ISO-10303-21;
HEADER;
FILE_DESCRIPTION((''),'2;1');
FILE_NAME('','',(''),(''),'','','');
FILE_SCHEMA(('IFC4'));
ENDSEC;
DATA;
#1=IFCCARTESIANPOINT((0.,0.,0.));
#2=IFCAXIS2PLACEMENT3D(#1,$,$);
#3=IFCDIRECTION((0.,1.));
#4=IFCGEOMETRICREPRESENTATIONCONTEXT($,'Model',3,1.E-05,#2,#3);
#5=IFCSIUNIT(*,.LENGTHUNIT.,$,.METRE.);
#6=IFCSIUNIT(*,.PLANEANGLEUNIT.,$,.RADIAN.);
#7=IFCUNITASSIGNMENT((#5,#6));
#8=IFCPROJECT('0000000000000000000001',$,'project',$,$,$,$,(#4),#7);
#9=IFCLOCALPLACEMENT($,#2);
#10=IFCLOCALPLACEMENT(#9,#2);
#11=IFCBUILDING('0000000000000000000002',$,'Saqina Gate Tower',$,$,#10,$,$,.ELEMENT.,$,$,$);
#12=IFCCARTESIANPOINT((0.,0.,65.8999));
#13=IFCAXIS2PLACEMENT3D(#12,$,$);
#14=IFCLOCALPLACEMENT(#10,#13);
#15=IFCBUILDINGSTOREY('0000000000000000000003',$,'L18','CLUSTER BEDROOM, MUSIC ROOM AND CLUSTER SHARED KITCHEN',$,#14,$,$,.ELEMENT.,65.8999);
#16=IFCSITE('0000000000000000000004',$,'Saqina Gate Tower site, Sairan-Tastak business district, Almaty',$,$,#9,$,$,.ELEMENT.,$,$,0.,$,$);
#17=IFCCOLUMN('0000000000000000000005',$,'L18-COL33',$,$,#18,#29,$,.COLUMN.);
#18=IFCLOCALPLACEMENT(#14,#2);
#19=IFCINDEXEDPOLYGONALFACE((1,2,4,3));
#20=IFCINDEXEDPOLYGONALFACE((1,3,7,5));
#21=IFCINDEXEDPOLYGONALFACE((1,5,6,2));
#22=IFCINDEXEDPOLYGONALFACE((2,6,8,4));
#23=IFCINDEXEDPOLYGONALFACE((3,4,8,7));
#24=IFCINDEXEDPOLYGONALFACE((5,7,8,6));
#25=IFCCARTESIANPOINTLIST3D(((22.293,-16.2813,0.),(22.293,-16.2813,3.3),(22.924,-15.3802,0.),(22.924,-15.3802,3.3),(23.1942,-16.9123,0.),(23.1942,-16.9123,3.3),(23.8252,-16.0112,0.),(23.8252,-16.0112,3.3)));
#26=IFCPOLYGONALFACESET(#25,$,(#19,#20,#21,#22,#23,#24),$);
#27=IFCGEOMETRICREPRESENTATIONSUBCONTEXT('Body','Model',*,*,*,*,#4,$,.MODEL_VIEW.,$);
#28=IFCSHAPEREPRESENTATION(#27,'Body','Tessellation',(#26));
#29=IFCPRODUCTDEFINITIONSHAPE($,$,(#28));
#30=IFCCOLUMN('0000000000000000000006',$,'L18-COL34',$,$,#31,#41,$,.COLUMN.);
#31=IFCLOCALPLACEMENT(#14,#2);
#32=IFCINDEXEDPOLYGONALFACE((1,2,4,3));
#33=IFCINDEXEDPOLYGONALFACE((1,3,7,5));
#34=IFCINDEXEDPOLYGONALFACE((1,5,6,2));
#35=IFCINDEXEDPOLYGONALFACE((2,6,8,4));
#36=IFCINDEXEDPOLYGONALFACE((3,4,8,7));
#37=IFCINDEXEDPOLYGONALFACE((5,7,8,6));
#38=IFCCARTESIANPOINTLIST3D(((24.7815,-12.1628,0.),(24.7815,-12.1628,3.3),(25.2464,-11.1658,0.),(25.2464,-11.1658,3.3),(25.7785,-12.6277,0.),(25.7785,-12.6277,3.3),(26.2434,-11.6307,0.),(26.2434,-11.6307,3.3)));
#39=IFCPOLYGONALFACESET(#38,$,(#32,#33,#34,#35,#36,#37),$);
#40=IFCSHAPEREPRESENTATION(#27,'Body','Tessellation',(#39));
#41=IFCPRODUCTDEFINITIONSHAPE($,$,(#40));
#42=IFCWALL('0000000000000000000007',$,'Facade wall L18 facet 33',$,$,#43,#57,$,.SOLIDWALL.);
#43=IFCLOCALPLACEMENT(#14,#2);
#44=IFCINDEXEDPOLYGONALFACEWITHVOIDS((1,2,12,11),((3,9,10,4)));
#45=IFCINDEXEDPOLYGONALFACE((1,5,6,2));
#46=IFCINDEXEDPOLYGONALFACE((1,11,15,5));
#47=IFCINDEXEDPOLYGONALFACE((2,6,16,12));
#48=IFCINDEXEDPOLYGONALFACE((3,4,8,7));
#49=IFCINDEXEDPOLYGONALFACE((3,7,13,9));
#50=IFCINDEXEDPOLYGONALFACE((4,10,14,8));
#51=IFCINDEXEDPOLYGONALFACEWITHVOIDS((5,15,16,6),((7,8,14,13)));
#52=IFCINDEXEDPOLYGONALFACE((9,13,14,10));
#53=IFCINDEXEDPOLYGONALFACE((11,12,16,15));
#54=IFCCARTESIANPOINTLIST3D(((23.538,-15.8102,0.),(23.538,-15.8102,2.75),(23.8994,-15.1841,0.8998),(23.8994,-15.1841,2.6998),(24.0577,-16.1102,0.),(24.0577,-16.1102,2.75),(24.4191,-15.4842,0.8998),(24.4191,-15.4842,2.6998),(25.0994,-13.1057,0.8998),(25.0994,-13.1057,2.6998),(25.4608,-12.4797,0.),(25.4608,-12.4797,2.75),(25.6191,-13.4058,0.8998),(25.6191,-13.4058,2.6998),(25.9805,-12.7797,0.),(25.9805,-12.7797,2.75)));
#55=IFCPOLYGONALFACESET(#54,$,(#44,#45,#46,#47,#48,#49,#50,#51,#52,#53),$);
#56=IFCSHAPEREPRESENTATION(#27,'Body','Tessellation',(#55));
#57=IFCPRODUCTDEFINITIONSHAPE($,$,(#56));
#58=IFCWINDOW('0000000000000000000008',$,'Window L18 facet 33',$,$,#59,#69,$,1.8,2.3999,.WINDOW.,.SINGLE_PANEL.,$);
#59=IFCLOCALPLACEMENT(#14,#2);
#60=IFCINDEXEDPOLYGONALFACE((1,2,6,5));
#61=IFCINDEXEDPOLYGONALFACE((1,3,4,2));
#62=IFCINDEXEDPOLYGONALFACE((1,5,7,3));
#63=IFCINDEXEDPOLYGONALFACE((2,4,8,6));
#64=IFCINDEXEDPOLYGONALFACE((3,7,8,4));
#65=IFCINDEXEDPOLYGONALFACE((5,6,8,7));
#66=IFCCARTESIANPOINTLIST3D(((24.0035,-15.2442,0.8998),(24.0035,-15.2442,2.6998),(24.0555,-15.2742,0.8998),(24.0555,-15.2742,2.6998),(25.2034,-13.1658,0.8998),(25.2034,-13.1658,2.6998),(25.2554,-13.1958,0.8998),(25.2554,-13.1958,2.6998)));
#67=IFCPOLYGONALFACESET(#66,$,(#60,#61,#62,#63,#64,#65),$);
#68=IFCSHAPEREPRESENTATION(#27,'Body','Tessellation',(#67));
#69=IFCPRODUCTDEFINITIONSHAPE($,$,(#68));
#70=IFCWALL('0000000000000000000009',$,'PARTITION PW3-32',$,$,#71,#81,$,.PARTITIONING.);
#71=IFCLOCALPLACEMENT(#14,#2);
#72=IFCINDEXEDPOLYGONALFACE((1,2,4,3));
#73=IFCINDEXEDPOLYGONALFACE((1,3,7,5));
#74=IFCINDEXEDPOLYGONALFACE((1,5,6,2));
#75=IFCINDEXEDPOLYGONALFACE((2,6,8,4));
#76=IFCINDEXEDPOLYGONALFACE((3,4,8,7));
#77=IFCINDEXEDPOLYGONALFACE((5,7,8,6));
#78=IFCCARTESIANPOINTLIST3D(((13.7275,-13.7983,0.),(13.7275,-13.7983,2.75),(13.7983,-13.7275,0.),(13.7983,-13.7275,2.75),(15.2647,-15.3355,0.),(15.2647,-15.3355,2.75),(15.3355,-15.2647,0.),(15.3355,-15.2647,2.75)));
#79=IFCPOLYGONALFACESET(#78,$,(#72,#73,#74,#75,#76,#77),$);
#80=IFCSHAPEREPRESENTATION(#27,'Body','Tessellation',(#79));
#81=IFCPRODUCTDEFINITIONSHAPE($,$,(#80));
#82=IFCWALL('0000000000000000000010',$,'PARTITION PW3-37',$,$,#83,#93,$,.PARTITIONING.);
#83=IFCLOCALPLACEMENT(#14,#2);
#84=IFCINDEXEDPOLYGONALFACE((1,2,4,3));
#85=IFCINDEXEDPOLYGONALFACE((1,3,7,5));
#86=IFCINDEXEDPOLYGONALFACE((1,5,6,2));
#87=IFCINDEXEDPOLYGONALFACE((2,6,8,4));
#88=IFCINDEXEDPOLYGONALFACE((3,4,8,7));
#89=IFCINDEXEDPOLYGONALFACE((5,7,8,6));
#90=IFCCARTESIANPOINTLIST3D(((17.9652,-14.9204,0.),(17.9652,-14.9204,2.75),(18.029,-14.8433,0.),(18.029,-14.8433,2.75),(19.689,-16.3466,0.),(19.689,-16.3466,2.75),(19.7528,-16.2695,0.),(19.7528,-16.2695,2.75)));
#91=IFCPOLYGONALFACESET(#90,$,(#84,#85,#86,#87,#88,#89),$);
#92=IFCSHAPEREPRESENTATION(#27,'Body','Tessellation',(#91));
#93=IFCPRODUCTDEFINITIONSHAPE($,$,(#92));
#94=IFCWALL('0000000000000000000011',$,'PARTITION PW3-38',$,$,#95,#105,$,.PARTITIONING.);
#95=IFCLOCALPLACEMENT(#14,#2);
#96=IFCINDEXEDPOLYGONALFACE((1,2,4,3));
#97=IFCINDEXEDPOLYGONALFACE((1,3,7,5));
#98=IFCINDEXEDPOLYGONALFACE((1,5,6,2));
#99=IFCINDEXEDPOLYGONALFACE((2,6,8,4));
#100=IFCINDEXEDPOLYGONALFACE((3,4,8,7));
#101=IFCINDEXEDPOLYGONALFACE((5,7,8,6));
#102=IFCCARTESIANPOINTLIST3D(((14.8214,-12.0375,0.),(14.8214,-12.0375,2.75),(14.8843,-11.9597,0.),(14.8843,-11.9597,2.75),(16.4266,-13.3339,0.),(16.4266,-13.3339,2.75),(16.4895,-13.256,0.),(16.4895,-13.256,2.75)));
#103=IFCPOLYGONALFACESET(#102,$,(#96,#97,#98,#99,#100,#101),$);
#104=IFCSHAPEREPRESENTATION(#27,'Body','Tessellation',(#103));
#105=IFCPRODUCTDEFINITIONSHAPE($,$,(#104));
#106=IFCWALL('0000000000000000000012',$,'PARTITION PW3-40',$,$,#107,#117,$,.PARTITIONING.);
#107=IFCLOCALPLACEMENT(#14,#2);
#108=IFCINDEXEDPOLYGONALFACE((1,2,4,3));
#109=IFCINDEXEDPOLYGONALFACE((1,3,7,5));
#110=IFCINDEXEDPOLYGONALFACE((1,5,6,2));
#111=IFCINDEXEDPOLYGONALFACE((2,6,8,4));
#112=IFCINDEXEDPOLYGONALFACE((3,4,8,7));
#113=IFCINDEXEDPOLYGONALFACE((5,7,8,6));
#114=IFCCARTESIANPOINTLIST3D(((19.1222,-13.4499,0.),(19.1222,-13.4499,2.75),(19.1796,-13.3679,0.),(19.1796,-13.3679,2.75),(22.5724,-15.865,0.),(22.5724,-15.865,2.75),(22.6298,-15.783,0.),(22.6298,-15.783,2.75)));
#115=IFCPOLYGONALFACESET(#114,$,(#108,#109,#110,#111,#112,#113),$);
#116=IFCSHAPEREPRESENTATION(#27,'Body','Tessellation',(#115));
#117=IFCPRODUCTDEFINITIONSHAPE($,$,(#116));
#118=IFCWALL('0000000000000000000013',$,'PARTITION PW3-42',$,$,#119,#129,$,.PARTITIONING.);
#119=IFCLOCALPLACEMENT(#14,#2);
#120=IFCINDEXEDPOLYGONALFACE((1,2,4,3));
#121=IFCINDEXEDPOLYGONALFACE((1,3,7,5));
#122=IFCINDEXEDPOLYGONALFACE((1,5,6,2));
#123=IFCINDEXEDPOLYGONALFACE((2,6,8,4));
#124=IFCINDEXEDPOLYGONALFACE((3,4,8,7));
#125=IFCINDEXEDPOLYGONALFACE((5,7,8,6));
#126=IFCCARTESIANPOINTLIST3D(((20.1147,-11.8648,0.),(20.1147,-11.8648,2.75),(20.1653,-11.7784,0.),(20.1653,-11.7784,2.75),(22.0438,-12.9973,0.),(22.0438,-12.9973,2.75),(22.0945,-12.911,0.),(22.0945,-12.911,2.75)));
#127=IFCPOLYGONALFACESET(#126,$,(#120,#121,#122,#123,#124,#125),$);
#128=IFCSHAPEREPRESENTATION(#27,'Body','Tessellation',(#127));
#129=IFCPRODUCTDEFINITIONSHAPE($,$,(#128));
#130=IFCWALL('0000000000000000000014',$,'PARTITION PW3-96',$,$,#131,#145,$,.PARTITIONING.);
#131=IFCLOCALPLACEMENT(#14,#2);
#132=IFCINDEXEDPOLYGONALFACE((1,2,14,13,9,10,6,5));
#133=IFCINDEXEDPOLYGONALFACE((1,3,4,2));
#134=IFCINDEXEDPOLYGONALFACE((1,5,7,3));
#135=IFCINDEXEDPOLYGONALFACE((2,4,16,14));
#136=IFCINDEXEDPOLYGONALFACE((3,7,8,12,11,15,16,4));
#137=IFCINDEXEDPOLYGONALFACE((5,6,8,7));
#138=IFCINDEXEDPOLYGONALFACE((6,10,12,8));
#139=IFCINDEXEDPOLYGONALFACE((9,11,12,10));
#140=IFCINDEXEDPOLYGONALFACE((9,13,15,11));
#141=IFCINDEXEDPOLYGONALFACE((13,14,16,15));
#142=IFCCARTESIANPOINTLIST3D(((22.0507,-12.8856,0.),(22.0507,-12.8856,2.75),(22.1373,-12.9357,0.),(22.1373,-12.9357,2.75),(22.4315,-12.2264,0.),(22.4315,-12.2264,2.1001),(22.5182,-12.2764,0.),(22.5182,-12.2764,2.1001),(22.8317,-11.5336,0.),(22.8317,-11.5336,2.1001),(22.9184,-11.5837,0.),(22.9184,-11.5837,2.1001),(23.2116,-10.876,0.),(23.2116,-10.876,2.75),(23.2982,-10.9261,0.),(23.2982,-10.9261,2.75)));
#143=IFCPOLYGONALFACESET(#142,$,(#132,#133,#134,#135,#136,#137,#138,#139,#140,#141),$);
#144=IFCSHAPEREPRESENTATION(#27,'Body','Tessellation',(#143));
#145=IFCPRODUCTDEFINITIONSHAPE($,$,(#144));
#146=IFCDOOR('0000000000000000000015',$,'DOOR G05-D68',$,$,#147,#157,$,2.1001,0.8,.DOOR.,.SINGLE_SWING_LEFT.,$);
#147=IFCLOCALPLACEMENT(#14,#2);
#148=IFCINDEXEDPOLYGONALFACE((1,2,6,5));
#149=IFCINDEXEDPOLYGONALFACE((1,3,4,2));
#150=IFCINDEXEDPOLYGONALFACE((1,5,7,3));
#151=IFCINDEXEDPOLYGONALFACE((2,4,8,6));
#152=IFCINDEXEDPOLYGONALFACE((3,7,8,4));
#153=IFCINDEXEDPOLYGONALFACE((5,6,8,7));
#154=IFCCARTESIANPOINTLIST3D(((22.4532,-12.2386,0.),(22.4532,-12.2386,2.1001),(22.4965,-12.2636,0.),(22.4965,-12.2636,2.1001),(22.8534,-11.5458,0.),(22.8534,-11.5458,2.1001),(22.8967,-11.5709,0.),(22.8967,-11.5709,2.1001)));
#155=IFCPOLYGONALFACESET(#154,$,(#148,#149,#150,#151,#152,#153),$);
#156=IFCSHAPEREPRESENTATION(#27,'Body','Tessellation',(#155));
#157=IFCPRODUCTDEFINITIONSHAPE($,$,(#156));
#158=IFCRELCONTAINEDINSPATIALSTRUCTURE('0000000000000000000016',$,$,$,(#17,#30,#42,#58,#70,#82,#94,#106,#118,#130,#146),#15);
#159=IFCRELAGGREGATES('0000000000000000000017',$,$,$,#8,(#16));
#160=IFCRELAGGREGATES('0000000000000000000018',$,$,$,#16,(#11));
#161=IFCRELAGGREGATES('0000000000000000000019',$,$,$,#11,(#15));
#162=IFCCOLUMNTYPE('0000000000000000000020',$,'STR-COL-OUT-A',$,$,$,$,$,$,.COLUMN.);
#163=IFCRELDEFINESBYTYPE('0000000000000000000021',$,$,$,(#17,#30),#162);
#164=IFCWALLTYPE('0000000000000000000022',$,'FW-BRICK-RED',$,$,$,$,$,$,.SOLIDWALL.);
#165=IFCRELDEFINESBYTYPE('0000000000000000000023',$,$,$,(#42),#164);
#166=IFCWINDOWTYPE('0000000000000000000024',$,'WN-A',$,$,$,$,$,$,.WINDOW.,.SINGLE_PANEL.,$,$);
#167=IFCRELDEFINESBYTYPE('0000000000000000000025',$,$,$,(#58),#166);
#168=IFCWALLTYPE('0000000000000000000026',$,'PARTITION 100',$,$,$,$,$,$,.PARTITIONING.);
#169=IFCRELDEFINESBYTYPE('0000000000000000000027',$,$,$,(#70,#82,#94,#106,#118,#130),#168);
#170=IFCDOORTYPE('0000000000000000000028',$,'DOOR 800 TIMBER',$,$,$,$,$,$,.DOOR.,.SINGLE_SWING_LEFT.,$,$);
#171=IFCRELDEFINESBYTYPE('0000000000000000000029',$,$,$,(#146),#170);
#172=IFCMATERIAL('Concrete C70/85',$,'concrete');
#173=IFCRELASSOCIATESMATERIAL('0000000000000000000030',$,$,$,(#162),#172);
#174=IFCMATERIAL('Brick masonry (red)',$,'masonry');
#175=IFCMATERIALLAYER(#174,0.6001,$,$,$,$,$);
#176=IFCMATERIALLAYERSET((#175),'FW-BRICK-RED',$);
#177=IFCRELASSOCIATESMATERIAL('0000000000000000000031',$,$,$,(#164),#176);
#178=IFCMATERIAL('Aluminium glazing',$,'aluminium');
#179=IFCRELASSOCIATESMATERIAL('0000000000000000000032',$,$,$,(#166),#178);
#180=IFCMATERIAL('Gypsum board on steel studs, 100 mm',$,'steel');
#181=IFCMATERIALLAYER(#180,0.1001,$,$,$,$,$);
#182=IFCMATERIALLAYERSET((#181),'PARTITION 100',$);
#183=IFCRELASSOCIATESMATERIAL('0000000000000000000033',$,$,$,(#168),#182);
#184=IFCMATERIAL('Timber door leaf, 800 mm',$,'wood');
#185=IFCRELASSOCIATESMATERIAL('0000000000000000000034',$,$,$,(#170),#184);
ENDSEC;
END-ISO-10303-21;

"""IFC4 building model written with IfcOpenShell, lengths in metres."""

from ifc_helpers import new_model, si_unit, direction, frame, frame_2d, origin, origin_2d, place, context, subcontext, project, spatial, rectangle, extrude, material, layer, layer_set, material_profile, profile_set, type_object, element, fill, save


model = new_model("IFC4")

# Units and contexts
model_context = context("Model", 3, precision=1e-05, world=origin(), true_north=direction((0.0, 1.0)))
body_context = subcontext(model_context, "Body", "Model", "MODEL_VIEW")
ifc_project = project(units=[si_unit("LENGTHUNIT", "METRE"), si_unit("PLANEANGLEUNIT", "RADIAN")], contexts=[model_context])

# Site, building, storey
site_placement = place(None, origin())
site = spatial("IfcSite", under=ifc_project, at=site_placement, Name="Saqina Gate Tower site, Sairan-Tastak business district, Almaty", CompositionType="ELEMENT", RefElevation=0.0)
building_placement = place(site_placement, origin())
building = spatial("IfcBuilding", under=site, at=building_placement, Name="Saqina Gate Tower", CompositionType="ELEMENT")
storey_placement = place(building_placement, frame((0.0, 0.0, 65.8999)))
storey = spatial("IfcBuildingStorey", under=building, at=storey_placement, Name="L18", Description="CLUSTER BEDROOM, MUSIC ROOM AND CLUSTER SHARED KITCHEN", CompositionType="ELEMENT", Elevation=65.8999)

# Columns
ifc_material_1 = material(Name="Concrete C70/85", Category="concrete")
ifc_material_profile = material_profile(ifc_material_1, rectangle(XDim=1.1001, YDim=1.1001, at=origin_2d()), Name="RC 1100x1100")
ifc_profile_set = profile_set([ifc_material_profile], Name="Concrete C70/85")
column_type = type_object("IfcColumnType", Name="STR-COL-OUT-A", PredefinedType="COLUMN", material=ifc_profile_set)
for number, where, z_axis, x_axis, name in (
    (1, (23.0591, -16.1462, 0.0), (0.0, 0.0, 1.0), (0.819152, -0.573576, 0.0), "L18-COL33"),
    (2, (25.5125, -11.8967, 0.0), (0.0, 0.0, 1.0), (0.906308, -0.422618, 0.0), "L18-COL34"),
):
    element("IfcColumn", number, at=place(storey_placement, frame(where, z_axis=z_axis, x_axis=x_axis)), inside=storey, type_object=column_type, Name=name, PredefinedType="COLUMN", context=body_context, shape_type="SweptSolid", body=[
        extrude(rectangle(XDim=1.1001, YDim=1.1001, at=origin_2d()), origin(), (0.0, 0.0, 1.0), 3.3),
    ])

# Wall, opening, window
ifc_material_2 = material(Name="Brick masonry (red)", Category="masonry")
ifc_layer_1 = layer(ifc_material_2, 0.6001)
ifc_layer_set_1 = layer_set([ifc_layer_1], Name="FW-BRICK-RED")
wall_type_1 = type_object("IfcWallType", Name="FW-BRICK-RED", PredefinedType="SOLIDWALL", material=ifc_layer_set_1)
wall_1_placement = place(storey_placement, frame((23.7979, -15.9602, 0.0), z_axis=(0.0, 0.0, 1.0), x_axis=(0.49999, 0.866031, 0.0)))
wall_1 = element("IfcWall", 3, at=wall_1_placement, inside=storey, type_object=wall_type_1, Name="Facade wall L18 facet 33", PredefinedType="SOLIDWALL", context=body_context, shape_type="SweptSolid", body=[
    extrude(rectangle(XDim=3.8457, YDim=0.6001, at=frame_2d((1.9229, 0.0))), origin(), (0.0, 0.0, 1.0), 2.75),
])
opening_1_placement = place(wall_1_placement, frame((0.7229, 0.0, 0.8999)))
opening_1 = element("IfcOpeningElement", 4, at=opening_1_placement, cuts=wall_1, PredefinedType="OPENING", context=body_context, shape_type="SweptSolid", body=[
    extrude(rectangle(XDim=2.3999, YDim=1.8, at=frame_2d((1.2, 0.8999))), frame((0.0, 0.312, 0.0), z_axis=(0.0, -1.0, 0.0), x_axis=(1.0, 0.0, 0.0)), (0.0, 0.0, 1.0), 0.624),
])
ifc_material_3 = material(Name="Aluminium glazing", Category="aluminium")
window_type = type_object("IfcWindowType", Name="WN-A", PartitioningType="SINGLE_PANEL", PredefinedType="WINDOW", material=ifc_material_3)
window_placement = place(opening_1_placement, origin())
window = element("IfcWindow", 5, at=window_placement, inside=storey, type_object=window_type, Name="Window L18 facet 33", OverallHeight=1.8, OverallWidth=2.3999, PartitioningType="SINGLE_PANEL", PredefinedType="WINDOW", context=body_context, shape_type="SweptSolid", body=[
    extrude(rectangle(XDim=2.3999, YDim=1.8, at=frame_2d((1.2, 0.8999))), frame((0.0, 0.1799, 0.0), z_axis=(0.0, -1.0, 0.0), x_axis=(1.0, 0.0, 0.0)), (0.0, 0.0, 1.0), 0.0601),
])
fill(opening_1, window)

# Walls
ifc_material_4 = material(Name="Gypsum board on steel studs, 100 mm", Category="steel")
ifc_layer_2 = layer(ifc_material_4, 0.1001)
ifc_layer_set_2 = layer_set([ifc_layer_2], Name="PARTITION 100")
wall_type_2 = type_object("IfcWallType", Name="PARTITION 100", PredefinedType="PARTITIONING", material=ifc_layer_set_2)
wall_2_placement = place(storey_placement, frame((13.7629, -13.7629, 0.0), z_axis=(0.0, 0.0, 1.0), x_axis=(0.707107, -0.707107, 0.0)))
element("IfcWall", 6, at=wall_2_placement, inside=storey, type_object=wall_type_2, Name="PARTITION PW3-32", PredefinedType="PARTITIONING", context=body_context, shape_type="SweptSolid", body=[
    extrude(rectangle(XDim=2.1738, YDim=0.1001, at=frame_2d((1.0869, 0.0))), origin(), (0.0, 0.0, 1.0), 2.75),
])
wall_3_placement = place(storey_placement, frame((17.9971, -14.8818, 0.0), z_axis=(0.0, 0.0, 1.0), x_axis=(0.770479, -0.637465, 0.0)))
element("IfcWall", 7, at=wall_3_placement, inside=storey, type_object=wall_type_2, Name="PARTITION PW3-37", PredefinedType="PARTITIONING", context=body_context, shape_type="SweptSolid", body=[
    extrude(rectangle(XDim=2.2373, YDim=0.1001, at=frame_2d((1.1187, 0.0))), origin(), (0.0, 0.0, 1.0), 2.75),
])
wall_4_placement = place(storey_placement, frame((14.8528, -11.9985, 0.0), z_axis=(0.0, 0.0, 1.0), x_axis=(0.777975, -0.628296, 0.0)))
element("IfcWall", 8, at=wall_4_placement, inside=storey, type_object=wall_type_2, Name="PARTITION PW3-38", PredefinedType="PARTITIONING", context=body_context, shape_type="SweptSolid", body=[
    extrude(rectangle(XDim=2.0632, YDim=0.1001, at=frame_2d((1.0317, 0.0))), origin(), (0.0, 0.0, 1.0), 2.75),
])
wall_5_placement = place(storey_placement, frame((19.1509, -13.4089, 0.0), z_axis=(0.0, 0.0, 1.0), x_axis=(0.819243, -0.573447, 0.0)))
element("IfcWall", 9, at=wall_5_placement, inside=storey, type_object=wall_type_2, Name="PARTITION PW3-40", PredefinedType="PARTITIONING", context=body_context, shape_type="SweptSolid", body=[
    extrude(rectangle(XDim=4.2114, YDim=0.1001, at=frame_2d((2.1057, 0.0))), origin(), (0.0, 0.0, 1.0), 2.75),
])
wall_6_placement = place(storey_placement, frame((20.1399, -11.8215, 0.0), z_axis=(0.0, 0.0, 1.0), x_axis=(0.862374, -0.506271, 0.0)))
element("IfcWall", 10, at=wall_6_placement, inside=storey, type_object=wall_type_2, Name="PARTITION PW3-42", PredefinedType="PARTITIONING", context=body_context, shape_type="SweptSolid", body=[
    extrude(rectangle(XDim=2.2371, YDim=0.1001, at=frame_2d((1.1187, 0.0))), origin(), (0.0, 0.0, 1.0), 2.75),
])

# Wall, opening, door
wall_7_placement = place(storey_placement, frame((22.094, -12.9106, 0.0), z_axis=(0.0, 0.0, 1.0), x_axis=(0.500223, 0.865896, 0.0)))
wall_7 = element("IfcWall", 11, at=wall_7_placement, inside=storey, type_object=wall_type_2, Name="PARTITION PW3-96", PredefinedType="PARTITIONING", context=body_context, shape_type="SweptSolid", body=[
    extrude(rectangle(XDim=2.3208, YDim=0.1001, at=frame_2d((1.1604, 0.0))), origin(), (0.0, 0.0, 1.0), 2.75),
])
opening_2_placement = place(wall_7_placement, frame((0.7615, 0.0, 0.0)))
opening_2 = element("IfcOpeningElement", 12, at=opening_2_placement, cuts=wall_7, PredefinedType="OPENING", context=body_context, shape_type="SweptSolid", body=[
    extrude(rectangle(XDim=0.8, YDim=2.1001, at=frame_2d((0.3999, 1.05))), frame((0.0, 0.062, 0.0), z_axis=(0.0, -1.0, 0.0), x_axis=(1.0, 0.0, 0.0)), (0.0, 0.0, 1.0), 0.124),
])
ifc_material_5 = material(Name="Timber door leaf, 800 mm", Category="wood")
door_type_1 = type_object("IfcDoorType", Name="DOOR 800 TIMBER", OperationType="SINGLE_SWING_LEFT", PredefinedType="DOOR", material=ifc_material_5)
door_1_placement = place(opening_2_placement, frame((0.8, 0.0, 0.0), z_axis=(0.0, 0.0, 1.0), x_axis=(-1.0, 0.0, 0.0)))
door_1 = element("IfcDoor", 13, at=door_1_placement, inside=storey, type_object=door_type_1, Name="DOOR G05-D68", OperationType="SINGLE_SWING_LEFT", OverallHeight=2.1001, OverallWidth=0.8, PredefinedType="DOOR", context=body_context, shape_type="SweptSolid", body=[
    extrude(rectangle(XDim=0.8, YDim=2.1001, at=frame_2d((0.3999, 1.05))), frame((0.0, 0.0249, 0.0), z_axis=(0.0, -1.0, 0.0), x_axis=(1.0, 0.0, 0.0)), (0.0, 0.0, 1.0), 0.05),
])
fill(opening_2, door_1)

save(model, "model.ifc")
